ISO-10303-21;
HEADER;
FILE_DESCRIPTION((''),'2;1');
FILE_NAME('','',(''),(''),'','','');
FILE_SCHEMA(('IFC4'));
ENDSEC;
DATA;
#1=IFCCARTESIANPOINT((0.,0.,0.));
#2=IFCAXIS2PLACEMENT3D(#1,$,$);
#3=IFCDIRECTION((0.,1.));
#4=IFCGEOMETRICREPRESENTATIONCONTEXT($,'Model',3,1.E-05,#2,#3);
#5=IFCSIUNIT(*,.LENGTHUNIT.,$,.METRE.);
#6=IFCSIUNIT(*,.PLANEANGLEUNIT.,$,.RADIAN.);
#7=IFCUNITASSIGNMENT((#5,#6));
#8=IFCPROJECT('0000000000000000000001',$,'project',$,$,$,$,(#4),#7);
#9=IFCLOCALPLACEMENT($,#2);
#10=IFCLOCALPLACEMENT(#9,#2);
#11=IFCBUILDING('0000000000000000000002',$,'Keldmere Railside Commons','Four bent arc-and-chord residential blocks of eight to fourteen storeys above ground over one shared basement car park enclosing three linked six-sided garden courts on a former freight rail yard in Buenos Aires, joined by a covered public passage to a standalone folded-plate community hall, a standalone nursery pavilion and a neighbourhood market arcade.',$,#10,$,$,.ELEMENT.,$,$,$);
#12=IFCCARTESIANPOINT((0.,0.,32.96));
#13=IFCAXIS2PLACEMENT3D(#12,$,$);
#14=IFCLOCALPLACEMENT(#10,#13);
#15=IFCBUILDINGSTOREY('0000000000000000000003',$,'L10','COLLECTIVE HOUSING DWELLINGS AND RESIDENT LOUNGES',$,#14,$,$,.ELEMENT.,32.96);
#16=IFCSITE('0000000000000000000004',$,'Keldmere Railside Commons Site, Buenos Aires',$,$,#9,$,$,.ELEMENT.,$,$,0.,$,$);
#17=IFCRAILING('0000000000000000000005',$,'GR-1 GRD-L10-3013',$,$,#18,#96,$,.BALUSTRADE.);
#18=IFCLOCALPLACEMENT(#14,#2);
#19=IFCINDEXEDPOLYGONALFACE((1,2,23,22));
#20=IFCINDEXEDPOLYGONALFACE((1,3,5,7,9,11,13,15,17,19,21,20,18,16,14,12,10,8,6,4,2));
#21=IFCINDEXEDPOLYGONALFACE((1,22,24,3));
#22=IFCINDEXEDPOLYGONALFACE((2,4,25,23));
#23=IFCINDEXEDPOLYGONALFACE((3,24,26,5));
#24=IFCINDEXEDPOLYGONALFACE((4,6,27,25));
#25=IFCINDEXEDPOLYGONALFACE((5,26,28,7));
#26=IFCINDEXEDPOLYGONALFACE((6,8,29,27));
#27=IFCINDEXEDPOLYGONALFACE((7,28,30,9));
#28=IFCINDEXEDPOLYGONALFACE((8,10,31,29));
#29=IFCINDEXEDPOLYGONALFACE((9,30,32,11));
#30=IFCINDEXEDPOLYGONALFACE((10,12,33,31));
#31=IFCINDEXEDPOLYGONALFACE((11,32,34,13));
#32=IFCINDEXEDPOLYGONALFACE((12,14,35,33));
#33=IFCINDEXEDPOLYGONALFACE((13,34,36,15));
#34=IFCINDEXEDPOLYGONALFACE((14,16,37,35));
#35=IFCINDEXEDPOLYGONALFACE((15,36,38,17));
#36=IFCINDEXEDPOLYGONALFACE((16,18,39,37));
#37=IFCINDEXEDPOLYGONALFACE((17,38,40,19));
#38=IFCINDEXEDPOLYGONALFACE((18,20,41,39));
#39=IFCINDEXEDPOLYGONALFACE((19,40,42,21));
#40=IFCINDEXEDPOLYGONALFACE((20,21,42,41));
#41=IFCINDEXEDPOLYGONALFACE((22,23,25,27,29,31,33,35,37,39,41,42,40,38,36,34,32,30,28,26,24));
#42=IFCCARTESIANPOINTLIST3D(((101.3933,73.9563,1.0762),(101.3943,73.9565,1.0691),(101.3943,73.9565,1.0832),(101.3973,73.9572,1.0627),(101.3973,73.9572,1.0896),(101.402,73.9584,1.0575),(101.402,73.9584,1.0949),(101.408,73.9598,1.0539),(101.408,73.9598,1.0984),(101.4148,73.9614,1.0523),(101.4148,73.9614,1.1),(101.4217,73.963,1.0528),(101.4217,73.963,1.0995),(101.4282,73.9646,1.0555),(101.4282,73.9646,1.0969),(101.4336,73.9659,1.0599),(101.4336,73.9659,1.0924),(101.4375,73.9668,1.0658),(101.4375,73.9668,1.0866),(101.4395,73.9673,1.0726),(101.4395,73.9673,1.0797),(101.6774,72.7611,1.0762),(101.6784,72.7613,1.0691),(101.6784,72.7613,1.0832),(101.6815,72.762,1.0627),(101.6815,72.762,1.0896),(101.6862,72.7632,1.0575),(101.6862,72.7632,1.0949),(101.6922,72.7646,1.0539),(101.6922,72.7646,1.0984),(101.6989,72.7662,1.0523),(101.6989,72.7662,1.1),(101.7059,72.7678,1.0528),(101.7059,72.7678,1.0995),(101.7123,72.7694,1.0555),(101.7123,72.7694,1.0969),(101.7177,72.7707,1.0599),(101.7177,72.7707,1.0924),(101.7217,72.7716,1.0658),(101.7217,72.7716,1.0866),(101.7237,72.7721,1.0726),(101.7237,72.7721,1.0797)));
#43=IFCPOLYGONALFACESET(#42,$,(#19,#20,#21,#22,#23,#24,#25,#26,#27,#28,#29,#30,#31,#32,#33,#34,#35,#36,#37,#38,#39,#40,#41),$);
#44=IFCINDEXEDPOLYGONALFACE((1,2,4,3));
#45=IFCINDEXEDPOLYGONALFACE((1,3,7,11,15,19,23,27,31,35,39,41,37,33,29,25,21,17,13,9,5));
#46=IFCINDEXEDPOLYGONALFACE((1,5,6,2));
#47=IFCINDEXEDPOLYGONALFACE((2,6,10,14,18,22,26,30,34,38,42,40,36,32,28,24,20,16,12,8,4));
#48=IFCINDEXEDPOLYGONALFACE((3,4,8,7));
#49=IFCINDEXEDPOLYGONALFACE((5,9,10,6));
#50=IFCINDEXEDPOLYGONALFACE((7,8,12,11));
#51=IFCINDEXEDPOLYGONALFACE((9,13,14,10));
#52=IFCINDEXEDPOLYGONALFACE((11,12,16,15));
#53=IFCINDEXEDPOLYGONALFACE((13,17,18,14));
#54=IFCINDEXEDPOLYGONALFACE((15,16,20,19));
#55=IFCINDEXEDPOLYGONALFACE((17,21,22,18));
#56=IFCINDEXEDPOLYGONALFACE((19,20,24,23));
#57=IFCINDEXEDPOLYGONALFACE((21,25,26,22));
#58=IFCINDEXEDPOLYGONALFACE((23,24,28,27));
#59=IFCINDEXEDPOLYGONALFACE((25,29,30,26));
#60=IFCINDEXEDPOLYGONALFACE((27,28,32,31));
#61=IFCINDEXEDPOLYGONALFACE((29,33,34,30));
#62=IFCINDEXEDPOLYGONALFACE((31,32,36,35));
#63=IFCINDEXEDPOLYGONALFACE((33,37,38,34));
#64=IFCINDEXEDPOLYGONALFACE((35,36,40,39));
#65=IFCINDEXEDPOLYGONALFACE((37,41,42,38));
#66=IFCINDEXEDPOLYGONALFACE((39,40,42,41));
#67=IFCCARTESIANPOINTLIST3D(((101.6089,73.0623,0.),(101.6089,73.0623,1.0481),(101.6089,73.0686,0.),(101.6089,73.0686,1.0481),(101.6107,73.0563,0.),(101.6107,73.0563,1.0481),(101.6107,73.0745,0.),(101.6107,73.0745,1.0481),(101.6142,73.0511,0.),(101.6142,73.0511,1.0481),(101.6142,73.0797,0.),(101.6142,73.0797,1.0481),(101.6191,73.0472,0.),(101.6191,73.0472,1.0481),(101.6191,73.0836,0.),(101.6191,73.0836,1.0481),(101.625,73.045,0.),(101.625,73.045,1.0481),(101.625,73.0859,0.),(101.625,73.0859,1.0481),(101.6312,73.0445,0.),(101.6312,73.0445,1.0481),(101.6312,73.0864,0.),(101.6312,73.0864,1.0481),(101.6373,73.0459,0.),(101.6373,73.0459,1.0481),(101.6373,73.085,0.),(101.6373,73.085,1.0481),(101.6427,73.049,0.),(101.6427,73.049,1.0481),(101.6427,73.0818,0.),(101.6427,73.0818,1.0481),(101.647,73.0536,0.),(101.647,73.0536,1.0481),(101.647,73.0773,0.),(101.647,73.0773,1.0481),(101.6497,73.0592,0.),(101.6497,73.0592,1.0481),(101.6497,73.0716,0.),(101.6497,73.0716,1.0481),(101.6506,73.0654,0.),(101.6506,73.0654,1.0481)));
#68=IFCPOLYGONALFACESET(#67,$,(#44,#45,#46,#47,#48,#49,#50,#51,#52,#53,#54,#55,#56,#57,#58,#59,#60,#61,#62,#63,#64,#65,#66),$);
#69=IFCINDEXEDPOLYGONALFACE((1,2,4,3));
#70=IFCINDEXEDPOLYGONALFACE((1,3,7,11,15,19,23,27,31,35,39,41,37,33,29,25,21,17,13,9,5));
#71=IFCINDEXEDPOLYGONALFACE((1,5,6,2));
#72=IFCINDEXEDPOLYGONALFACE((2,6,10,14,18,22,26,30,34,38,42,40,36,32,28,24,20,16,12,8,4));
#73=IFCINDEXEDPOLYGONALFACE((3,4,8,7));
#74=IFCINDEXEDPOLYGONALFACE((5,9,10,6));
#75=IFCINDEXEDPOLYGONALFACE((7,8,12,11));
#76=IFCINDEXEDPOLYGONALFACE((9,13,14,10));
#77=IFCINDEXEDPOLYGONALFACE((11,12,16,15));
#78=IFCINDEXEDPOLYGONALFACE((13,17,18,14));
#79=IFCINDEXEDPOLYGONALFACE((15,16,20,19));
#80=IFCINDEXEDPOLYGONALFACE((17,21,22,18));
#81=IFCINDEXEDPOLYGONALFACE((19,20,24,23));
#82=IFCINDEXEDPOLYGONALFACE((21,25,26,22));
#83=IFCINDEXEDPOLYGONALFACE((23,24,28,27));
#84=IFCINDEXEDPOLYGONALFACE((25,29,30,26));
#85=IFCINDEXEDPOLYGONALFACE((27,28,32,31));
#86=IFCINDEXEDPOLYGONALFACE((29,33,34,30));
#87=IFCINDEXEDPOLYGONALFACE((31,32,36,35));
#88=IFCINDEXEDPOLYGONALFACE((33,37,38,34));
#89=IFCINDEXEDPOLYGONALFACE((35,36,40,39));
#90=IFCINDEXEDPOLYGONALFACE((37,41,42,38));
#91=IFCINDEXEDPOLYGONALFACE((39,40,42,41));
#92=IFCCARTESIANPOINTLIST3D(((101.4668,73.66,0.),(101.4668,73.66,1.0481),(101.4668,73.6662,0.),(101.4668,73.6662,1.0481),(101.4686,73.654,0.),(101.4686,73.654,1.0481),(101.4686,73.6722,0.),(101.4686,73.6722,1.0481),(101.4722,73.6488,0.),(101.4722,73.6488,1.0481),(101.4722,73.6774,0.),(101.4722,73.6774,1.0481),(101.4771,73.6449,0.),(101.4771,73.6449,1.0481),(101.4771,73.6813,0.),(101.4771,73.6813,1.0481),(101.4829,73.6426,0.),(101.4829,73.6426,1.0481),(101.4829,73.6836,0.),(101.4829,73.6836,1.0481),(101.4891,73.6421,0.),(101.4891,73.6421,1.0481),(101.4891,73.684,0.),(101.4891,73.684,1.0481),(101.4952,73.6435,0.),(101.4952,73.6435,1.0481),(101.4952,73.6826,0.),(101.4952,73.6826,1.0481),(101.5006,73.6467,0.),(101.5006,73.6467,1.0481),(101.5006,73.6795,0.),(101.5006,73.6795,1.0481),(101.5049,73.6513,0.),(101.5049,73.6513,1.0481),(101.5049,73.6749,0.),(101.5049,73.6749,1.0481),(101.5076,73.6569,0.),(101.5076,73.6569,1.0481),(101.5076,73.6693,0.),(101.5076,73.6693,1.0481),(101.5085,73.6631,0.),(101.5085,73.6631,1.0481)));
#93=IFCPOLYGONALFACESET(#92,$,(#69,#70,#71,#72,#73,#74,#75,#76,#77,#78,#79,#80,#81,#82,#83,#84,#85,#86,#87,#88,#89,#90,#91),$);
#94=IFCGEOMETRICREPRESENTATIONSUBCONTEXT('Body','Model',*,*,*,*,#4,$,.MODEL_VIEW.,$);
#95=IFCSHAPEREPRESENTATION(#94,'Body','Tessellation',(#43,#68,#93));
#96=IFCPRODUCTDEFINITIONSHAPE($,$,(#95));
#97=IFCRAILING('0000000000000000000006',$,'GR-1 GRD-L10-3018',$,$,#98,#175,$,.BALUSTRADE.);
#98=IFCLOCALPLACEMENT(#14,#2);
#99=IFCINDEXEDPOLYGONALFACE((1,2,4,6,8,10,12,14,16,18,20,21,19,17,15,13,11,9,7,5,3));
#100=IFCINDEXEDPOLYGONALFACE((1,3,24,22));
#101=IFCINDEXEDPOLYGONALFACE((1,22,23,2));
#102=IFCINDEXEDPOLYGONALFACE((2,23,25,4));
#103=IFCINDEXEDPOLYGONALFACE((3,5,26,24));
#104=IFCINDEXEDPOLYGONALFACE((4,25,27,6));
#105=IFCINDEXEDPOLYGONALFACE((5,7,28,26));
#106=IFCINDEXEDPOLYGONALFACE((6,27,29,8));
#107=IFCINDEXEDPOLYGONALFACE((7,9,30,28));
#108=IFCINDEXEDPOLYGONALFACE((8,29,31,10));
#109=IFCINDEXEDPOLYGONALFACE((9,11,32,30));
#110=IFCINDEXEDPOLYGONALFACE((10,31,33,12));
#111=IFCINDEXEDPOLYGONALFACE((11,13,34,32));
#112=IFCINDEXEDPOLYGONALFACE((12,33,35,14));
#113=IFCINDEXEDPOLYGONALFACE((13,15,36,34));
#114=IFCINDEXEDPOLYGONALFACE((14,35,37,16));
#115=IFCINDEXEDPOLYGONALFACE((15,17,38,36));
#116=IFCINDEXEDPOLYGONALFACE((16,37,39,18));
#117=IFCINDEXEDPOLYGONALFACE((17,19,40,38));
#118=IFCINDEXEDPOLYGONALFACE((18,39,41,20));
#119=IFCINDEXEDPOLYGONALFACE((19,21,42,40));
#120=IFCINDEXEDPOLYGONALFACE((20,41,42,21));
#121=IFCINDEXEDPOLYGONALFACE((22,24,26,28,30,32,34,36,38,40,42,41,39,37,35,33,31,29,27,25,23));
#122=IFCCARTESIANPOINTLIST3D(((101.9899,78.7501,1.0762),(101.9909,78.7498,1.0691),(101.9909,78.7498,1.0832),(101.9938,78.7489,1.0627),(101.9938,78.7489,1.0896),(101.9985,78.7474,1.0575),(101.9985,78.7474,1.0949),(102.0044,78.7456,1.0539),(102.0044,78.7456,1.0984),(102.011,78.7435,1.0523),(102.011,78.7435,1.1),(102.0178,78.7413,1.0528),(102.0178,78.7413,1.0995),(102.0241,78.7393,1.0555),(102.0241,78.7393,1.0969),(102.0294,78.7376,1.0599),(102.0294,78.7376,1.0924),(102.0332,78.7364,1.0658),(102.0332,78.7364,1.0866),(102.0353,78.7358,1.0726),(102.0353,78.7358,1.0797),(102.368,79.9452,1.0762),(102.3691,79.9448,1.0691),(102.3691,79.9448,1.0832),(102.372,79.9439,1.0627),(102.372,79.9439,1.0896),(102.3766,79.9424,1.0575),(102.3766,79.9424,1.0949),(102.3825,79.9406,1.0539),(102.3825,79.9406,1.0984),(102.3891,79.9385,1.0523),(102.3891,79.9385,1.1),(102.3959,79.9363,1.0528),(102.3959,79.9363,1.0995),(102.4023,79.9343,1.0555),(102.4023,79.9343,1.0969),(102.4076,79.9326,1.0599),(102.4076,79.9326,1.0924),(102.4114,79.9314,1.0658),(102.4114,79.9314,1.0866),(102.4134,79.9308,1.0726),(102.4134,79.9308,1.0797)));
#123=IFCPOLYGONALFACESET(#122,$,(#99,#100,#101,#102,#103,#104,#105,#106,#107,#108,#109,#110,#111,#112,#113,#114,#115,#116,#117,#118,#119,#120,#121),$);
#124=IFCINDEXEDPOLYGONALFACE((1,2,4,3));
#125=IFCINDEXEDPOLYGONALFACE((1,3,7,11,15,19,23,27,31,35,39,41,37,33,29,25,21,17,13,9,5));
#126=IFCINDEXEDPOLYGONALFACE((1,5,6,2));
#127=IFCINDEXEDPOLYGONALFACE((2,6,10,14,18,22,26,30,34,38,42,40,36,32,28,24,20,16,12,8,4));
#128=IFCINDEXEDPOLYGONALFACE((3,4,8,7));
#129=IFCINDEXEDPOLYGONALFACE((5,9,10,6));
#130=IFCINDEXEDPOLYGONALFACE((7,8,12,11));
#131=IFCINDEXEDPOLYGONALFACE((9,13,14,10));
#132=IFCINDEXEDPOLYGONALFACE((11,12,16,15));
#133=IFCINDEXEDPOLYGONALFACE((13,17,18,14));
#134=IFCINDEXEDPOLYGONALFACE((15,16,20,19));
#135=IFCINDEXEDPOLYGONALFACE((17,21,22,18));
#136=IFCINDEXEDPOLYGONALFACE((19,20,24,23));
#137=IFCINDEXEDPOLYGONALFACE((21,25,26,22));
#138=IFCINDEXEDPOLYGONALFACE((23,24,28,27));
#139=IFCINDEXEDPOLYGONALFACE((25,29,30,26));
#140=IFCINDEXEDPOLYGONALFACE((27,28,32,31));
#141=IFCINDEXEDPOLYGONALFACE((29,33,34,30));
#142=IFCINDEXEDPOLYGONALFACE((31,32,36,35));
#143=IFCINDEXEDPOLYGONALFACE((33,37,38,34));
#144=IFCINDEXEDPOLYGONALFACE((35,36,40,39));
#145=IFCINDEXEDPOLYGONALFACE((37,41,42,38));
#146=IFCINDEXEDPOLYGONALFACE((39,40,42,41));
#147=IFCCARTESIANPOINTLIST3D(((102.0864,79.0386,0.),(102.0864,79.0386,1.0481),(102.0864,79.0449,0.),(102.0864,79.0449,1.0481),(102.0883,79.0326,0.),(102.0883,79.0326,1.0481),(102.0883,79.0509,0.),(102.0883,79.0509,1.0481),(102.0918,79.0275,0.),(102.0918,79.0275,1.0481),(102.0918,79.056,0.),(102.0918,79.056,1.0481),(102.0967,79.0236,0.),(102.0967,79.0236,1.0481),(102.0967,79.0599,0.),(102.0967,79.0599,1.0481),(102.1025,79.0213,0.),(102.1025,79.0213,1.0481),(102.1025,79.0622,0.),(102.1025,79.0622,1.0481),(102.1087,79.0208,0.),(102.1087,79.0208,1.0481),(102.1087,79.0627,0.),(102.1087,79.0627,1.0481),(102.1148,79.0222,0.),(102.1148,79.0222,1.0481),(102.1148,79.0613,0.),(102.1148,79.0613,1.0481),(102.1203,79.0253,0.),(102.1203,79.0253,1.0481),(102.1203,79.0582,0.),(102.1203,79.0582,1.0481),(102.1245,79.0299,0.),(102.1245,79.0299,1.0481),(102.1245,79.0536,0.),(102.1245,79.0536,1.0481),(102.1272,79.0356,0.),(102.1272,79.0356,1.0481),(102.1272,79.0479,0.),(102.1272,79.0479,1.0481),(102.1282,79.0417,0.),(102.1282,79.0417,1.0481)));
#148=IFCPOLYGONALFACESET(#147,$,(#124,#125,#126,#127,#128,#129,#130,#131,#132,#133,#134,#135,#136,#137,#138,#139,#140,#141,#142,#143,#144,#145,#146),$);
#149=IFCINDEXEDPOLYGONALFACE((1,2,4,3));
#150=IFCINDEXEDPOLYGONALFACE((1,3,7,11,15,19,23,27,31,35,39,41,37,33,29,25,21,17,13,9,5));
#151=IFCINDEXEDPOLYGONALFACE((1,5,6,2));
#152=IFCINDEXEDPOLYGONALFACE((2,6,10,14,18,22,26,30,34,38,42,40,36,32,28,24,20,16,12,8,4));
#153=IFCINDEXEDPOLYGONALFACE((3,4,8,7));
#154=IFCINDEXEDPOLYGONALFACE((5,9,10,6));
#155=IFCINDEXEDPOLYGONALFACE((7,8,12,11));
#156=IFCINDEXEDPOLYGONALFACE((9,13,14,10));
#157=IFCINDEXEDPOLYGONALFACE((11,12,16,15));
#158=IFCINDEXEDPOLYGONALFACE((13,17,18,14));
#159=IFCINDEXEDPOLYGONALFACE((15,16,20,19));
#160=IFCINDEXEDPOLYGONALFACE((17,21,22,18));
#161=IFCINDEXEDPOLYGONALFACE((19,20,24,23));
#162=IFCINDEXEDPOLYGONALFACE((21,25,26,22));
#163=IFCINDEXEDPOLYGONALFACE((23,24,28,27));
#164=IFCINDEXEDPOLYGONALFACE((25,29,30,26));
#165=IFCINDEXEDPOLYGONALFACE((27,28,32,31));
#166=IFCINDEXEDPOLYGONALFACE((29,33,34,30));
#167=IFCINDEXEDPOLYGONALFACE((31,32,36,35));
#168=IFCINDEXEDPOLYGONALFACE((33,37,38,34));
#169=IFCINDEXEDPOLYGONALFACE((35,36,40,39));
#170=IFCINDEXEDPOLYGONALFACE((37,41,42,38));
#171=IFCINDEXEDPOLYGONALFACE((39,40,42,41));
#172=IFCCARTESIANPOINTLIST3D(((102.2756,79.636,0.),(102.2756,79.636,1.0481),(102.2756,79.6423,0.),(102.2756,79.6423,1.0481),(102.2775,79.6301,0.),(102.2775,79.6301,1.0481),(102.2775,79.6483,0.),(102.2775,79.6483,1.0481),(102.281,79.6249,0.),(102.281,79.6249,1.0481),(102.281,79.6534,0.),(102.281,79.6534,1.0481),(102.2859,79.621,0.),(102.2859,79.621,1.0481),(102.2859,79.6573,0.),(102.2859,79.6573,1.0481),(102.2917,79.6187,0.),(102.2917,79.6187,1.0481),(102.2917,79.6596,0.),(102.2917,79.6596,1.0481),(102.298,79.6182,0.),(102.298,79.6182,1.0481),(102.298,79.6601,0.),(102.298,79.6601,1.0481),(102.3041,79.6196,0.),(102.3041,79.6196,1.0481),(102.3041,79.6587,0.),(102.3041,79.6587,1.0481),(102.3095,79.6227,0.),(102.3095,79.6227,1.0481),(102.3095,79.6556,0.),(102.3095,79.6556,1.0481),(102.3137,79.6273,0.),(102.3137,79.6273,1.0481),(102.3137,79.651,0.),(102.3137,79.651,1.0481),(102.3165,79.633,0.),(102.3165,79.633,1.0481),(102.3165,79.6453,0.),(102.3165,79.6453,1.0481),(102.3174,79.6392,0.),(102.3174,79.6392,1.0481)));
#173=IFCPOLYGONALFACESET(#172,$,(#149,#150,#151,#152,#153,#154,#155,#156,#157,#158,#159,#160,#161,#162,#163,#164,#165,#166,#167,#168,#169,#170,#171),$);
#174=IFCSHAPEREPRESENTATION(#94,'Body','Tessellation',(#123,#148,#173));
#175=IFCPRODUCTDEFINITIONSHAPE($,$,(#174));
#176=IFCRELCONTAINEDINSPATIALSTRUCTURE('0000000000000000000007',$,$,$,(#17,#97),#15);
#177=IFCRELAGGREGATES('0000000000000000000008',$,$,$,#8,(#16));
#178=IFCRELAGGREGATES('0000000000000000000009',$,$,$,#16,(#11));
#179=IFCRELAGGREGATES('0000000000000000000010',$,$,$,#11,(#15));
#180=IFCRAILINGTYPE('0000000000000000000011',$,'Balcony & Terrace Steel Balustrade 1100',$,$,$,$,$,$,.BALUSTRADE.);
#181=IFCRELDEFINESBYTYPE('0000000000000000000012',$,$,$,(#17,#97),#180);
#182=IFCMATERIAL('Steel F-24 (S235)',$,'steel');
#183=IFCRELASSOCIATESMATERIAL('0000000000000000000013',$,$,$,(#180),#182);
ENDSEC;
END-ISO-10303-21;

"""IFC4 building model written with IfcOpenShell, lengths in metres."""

from ifc_helpers import new_model, si_unit, direction, frame, origin, origin_2d, place, context, subcontext, project, spatial, circle, extrude, material, type_object, element, save


model = new_model("IFC4")

# Units and contexts
model_context = context("Model", 3, precision=1e-05, world=origin(), true_north=direction((0.0, 1.0)))
body_context = subcontext(model_context, "Body", "Model", "MODEL_VIEW")
ifc_project = project(units=[si_unit("LENGTHUNIT", "METRE"), si_unit("PLANEANGLEUNIT", "RADIAN")], contexts=[model_context])

# Site, building, storey
site_placement = place(None, origin())
site = spatial("IfcSite", under=ifc_project, at=site_placement, Name="Keldmere Railside Commons Site, Buenos Aires", CompositionType="ELEMENT", RefElevation=0.0)
building_placement = place(site_placement, origin())
building = spatial("IfcBuilding", under=site, at=building_placement, Name="Keldmere Railside Commons", Description="Four bent arc-and-chord residential blocks of eight to fourteen storeys above ground over one shared basement car park enclosing three linked six-sided garden courts on a former freight rail yard in Buenos Aires, joined by a covered public passage to a standalone folded-plate community hall, a standalone nursery pavilion and a neighbourhood market arcade.", CompositionType="ELEMENT")
storey_placement = place(building_placement, frame((0.0, 0.0, 32.96)))
storey = spatial("IfcBuildingStorey", under=building, at=storey_placement, Name="L10", Description="COLLECTIVE HOUSING DWELLINGS AND RESIDENT LOUNGES", CompositionType="ELEMENT", Elevation=32.96)

# Railings
ifc_material_1 = material(Name="Steel F-24 (S235)", Category="steel")
railing_type = type_object("IfcRailingType", Name="Balcony & Terrace Steel Balustrade 1100", PredefinedType="BALUSTRADE", material=ifc_material_1)
railing_1_placement = place(storey_placement, frame((101.7007, 72.7666, 0.0)))
element("IfcRailing", 1, at=railing_1_placement, inside=storey, type_object=railing_type, Name="GR-1 GRD-L10-3013", PredefinedType="BALUSTRADE", context=body_context, shape_type="SweptSolid", body=[
    extrude(circle(Radius=0.0239, at=origin_2d()), frame((0.0, 0.0, 1.0762), z_axis=(-0.231298, 0.972883, 0.0), x_axis=(-0.972883, -0.231298, 0.0)), (0.0, 0.0, 1.0), 1.2285),
    extrude(circle(Radius=0.021, at=origin_2d()), frame((-0.071, 0.2988, 0.0)), (0.0, 0.0, 1.0), 1.0481),
    extrude(circle(Radius=0.021, at=origin_2d()), frame((-0.2131, 0.8965, 0.0)), (0.0, 0.0, 1.0), 1.0481),
])
railing_2_placement = place(storey_placement, frame((102.0127, 78.7429, 0.0)))
element("IfcRailing", 2, at=railing_2_placement, inside=storey, type_object=railing_type, Name="GR-1 GRD-L10-3018", PredefinedType="BALUSTRADE", context=body_context, shape_type="SweptSolid", body=[
    extrude(circle(Radius=0.0239, at=origin_2d()), frame((0.0, 0.0, 1.0762), z_axis=(0.3017, 0.953403, 0.0), x_axis=(-0.953403, 0.3017, 0.0)), (0.0, 0.0, 1.0), 1.2534),
    extrude(circle(Radius=0.021, at=origin_2d()), frame((0.0945, 0.2988, 0.0)), (0.0, 0.0, 1.0), 1.0481),
    extrude(circle(Radius=0.021, at=origin_2d()), frame((0.2837, 0.8962, 0.0)), (0.0, 0.0, 1.0), 1.0481),
])

save(model, "model.ifc")
